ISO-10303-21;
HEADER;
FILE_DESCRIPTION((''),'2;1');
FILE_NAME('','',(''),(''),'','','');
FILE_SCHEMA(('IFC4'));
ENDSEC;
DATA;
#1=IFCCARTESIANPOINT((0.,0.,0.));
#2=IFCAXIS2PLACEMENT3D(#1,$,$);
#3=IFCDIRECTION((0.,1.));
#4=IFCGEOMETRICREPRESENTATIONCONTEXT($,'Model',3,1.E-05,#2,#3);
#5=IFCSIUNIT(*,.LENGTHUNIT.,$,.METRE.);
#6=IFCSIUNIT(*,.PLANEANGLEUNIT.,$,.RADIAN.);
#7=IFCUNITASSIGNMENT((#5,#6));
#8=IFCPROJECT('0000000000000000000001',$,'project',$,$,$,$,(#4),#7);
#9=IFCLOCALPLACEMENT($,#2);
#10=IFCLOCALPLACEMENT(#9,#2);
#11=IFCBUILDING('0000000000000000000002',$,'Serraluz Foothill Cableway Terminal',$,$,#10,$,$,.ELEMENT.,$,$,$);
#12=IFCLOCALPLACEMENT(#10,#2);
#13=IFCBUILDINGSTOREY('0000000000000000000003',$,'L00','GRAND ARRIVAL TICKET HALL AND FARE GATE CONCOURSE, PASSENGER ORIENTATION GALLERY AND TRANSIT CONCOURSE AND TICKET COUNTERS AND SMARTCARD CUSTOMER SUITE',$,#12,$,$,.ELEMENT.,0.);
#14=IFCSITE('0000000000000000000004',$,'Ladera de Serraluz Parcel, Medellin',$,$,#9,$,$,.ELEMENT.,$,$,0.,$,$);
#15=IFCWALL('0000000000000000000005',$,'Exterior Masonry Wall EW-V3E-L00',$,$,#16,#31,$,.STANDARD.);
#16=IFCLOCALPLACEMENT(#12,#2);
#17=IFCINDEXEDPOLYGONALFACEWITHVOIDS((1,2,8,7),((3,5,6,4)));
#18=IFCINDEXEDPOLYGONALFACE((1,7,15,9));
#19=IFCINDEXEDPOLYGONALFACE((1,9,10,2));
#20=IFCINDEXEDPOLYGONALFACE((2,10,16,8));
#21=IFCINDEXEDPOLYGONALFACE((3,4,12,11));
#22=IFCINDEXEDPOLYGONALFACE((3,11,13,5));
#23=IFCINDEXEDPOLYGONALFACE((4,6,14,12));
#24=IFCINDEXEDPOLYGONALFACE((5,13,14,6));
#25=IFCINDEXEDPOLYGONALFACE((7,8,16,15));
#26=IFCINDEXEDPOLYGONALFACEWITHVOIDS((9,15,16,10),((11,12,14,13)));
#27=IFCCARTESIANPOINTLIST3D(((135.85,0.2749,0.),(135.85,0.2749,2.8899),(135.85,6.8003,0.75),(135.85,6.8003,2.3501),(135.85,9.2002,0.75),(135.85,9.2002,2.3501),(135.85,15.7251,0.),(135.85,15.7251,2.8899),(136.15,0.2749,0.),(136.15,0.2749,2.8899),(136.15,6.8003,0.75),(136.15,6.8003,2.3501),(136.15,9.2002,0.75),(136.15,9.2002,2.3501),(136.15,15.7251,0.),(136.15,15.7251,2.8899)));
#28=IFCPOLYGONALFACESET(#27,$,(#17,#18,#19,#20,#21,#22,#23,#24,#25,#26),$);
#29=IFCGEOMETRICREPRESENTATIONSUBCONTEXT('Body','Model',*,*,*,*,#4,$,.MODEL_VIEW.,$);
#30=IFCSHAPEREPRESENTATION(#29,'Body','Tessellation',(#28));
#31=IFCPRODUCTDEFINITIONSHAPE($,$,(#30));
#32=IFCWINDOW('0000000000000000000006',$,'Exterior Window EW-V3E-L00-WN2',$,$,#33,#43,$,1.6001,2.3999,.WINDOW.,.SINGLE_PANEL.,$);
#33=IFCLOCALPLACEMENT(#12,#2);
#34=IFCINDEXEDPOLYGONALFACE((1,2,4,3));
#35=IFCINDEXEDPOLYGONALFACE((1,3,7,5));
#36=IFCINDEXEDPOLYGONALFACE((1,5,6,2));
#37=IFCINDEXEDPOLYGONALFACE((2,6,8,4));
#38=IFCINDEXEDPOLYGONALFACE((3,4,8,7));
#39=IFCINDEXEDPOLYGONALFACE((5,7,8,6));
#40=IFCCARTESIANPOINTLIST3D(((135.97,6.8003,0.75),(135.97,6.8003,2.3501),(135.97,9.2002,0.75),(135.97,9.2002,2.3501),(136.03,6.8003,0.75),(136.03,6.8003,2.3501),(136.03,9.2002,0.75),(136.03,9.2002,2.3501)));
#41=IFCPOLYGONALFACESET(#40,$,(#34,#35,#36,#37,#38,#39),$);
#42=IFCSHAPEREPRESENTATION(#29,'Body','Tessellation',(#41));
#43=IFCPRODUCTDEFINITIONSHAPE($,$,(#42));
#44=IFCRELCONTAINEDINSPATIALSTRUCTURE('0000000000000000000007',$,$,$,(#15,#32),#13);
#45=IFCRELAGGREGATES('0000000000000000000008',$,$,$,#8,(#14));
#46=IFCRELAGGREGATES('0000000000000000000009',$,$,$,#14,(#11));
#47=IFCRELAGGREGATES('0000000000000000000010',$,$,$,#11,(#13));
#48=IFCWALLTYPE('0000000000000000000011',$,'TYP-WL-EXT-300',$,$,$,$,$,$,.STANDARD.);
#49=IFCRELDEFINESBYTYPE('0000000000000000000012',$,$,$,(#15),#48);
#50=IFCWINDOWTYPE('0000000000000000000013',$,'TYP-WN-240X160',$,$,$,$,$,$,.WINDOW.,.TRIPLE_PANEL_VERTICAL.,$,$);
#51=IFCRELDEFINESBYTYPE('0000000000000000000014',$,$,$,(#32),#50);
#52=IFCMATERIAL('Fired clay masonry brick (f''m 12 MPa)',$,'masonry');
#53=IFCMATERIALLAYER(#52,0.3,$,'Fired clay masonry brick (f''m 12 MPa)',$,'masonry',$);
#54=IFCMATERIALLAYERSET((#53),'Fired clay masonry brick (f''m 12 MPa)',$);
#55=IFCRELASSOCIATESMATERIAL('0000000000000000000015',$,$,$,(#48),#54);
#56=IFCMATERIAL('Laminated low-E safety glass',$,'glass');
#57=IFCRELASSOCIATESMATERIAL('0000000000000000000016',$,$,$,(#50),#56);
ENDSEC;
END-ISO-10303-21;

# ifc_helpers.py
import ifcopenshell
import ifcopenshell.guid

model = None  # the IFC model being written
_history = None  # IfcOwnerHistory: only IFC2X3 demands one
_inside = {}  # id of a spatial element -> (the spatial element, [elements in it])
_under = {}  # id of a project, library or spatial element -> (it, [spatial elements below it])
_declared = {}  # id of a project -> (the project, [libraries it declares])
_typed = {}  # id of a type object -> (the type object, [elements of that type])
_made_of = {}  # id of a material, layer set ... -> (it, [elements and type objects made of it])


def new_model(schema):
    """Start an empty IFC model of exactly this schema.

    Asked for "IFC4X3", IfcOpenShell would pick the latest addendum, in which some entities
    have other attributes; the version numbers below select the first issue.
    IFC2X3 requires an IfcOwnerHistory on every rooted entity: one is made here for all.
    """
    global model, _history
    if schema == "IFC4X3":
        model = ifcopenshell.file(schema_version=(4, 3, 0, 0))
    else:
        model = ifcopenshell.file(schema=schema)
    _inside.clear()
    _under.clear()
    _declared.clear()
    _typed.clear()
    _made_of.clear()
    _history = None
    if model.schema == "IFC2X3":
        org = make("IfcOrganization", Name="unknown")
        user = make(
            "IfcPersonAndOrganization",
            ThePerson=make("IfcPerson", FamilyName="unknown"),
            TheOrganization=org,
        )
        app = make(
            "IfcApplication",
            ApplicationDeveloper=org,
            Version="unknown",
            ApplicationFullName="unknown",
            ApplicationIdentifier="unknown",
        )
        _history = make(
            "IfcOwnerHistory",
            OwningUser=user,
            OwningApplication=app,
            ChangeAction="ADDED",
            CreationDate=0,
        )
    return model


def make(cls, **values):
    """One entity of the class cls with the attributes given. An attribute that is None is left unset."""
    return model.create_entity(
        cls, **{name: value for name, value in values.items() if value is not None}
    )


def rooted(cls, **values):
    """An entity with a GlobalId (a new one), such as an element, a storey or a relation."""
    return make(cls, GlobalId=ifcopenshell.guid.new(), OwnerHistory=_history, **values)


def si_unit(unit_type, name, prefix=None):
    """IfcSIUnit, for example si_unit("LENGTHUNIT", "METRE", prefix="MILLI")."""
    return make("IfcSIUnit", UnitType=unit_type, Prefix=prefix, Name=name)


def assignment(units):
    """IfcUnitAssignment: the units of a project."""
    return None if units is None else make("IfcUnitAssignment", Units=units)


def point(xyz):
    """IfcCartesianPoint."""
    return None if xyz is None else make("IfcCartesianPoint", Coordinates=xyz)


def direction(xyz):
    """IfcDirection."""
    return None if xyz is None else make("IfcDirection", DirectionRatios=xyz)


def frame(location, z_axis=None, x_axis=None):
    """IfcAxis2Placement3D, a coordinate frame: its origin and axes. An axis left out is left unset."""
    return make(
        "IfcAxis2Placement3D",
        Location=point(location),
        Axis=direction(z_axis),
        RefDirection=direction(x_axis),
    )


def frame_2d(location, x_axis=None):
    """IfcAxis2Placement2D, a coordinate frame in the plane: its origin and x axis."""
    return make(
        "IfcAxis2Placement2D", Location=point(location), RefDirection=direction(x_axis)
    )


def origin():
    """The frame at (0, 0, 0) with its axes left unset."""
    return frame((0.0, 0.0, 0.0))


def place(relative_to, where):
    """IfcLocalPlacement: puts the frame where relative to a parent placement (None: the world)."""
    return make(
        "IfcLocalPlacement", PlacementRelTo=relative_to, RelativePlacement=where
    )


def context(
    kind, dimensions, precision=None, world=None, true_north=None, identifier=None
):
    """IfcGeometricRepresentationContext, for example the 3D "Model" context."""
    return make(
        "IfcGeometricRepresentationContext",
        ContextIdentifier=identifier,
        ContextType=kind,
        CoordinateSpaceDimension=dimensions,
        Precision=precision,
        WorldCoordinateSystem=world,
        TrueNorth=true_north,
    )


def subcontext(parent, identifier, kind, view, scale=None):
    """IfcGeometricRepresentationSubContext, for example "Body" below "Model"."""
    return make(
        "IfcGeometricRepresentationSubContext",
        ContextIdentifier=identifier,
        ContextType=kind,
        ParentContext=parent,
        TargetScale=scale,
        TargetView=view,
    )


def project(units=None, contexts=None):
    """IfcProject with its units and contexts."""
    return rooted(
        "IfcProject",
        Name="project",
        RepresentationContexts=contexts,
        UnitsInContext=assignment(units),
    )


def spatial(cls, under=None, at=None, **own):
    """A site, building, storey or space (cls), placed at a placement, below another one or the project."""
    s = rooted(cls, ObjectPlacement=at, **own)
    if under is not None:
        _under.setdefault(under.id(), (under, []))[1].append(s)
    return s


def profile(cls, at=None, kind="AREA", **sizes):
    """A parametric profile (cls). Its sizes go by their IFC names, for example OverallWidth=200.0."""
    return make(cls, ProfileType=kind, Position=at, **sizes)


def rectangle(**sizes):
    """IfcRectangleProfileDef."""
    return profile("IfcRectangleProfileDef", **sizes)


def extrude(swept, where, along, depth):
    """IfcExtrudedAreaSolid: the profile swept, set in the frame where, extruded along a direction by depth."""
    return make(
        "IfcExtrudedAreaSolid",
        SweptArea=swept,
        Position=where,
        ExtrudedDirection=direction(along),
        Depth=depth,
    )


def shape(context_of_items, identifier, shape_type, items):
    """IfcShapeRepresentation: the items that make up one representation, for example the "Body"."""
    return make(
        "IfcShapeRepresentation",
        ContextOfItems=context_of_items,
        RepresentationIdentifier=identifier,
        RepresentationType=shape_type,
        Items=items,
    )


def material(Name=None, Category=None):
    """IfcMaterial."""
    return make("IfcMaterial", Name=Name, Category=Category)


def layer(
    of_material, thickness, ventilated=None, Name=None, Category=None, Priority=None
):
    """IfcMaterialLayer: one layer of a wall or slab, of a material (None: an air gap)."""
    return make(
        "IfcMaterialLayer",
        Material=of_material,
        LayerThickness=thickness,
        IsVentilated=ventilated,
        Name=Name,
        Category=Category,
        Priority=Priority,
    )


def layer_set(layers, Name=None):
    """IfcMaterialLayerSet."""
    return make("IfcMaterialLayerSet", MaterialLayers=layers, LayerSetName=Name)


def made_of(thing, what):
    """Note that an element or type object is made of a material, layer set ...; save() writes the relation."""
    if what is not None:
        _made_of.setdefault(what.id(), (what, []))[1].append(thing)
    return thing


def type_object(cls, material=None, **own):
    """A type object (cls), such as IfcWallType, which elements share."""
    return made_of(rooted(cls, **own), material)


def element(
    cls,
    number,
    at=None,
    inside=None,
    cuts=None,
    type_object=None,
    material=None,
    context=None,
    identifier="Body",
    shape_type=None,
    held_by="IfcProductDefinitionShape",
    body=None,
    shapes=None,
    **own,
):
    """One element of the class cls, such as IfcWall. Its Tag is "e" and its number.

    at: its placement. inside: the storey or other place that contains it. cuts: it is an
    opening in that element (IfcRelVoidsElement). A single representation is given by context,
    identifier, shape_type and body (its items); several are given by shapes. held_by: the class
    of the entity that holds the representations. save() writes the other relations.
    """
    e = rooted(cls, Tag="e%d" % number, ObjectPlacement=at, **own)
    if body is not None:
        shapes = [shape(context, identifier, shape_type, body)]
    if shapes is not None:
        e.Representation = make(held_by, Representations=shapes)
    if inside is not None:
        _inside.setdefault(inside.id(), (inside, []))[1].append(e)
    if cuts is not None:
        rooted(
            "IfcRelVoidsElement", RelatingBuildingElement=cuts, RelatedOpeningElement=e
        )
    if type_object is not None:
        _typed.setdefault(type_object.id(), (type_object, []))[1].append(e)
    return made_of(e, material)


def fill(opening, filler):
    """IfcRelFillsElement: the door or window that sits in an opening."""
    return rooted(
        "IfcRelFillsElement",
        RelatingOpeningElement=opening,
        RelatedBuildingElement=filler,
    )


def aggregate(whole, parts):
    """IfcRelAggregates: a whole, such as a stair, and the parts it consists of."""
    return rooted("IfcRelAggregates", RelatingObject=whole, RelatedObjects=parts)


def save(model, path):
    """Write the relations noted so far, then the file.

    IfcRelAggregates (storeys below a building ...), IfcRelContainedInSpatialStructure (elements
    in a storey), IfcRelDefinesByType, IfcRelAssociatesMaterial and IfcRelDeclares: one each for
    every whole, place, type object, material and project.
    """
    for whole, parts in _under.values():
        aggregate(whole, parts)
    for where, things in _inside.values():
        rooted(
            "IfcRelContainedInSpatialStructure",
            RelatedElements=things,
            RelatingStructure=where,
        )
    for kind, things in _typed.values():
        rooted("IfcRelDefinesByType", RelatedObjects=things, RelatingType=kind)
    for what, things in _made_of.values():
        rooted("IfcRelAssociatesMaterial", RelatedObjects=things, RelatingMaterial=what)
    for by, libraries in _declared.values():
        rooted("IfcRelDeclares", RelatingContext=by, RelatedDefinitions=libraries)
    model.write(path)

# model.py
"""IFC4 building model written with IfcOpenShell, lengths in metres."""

from ifc_helpers import new_model, si_unit, direction, frame, frame_2d, origin, place, context, subcontext, project, spatial, rectangle, extrude, material, layer, layer_set, type_object, element, fill, save


model = new_model("IFC4")

# Units and contexts
model_context = context("Model", 3, precision=1e-05, world=origin(), true_north=direction((0.0, 1.0)))
body_context = subcontext(model_context, "Body", "Model", "MODEL_VIEW")
ifc_project = project(units=[si_unit("LENGTHUNIT", "METRE"), si_unit("PLANEANGLEUNIT", "RADIAN")], contexts=[model_context])

# Site, building, storey
site_placement = place(None, origin())
site = spatial("IfcSite", under=ifc_project, at=site_placement, Name="Ladera de Serraluz Parcel, Medellin", CompositionType="ELEMENT", RefElevation=0.0)
building_placement = place(site_placement, origin())
building = spatial("IfcBuilding", under=site, at=building_placement, Name="Serraluz Foothill Cableway Terminal", CompositionType="ELEMENT")
storey_placement = place(building_placement, origin())
storey = spatial("IfcBuildingStorey", under=building, at=storey_placement, Name="L00", Description="GRAND ARRIVAL TICKET HALL AND FARE GATE CONCOURSE, PASSENGER ORIENTATION GALLERY AND TRANSIT CONCOURSE AND TICKET COUNTERS AND SMARTCARD CUSTOMER SUITE", CompositionType="ELEMENT", Elevation=0.0)

# Shared definitions
ifc_material_1 = material(Name="Fired clay masonry brick (f'm 12 MPa)", Category="masonry")

# Wall, opening, window
ifc_layer = layer(ifc_material_1, 0.3, Name="Fired clay masonry brick (f'm 12 MPa)", Category="masonry")
ifc_layer_set = layer_set([ifc_layer], Name="Fired clay masonry brick (f'm 12 MPa)")
wall_type = type_object("IfcWallType", Name="TYP-WL-EXT-300", PredefinedType="STANDARD", material=ifc_layer_set)
wall_placement = place(storey_placement, frame((136.0, 15.7251, 0.0), z_axis=(0.0, 0.0, 1.0), x_axis=(0.0, -1.0, 0.0)))
wall = element("IfcWall", 1, at=wall_placement, inside=storey, type_object=wall_type, Name="Exterior Masonry Wall EW-V3E-L00", PredefinedType="STANDARD", context=body_context, shape_type="SweptSolid", body=[
    extrude(rectangle(XDim=15.4502, YDim=0.3, at=frame_2d((7.7251, 0.0))), origin(), (0.0, 0.0, 1.0), 2.8899),
])
opening_placement = place(wall_placement, frame((6.5249, 0.0, 0.75)))
opening = element("IfcOpeningElement", 2, at=opening_placement, cuts=wall, PredefinedType="OPENING", context=body_context, shape_type="SweptSolid", body=[
    extrude(rectangle(XDim=2.3999, YDim=1.6001, at=frame_2d((1.2, 0.8))), frame((0.0, 0.1602, 0.0), z_axis=(0.0, -1.0, 0.0), x_axis=(1.0, 0.0, 0.0)), (0.0, 0.0, 1.0), 0.3201),
])
ifc_material_2 = material(Name="Laminated low-E safety glass", Category="glass")
window_type = type_object("IfcWindowType", Name="TYP-WN-240X160", PartitioningType="TRIPLE_PANEL_VERTICAL", PredefinedType="WINDOW", material=ifc_material_2)
window_placement = place(opening_placement, origin())
window = element("IfcWindow", 3, at=window_placement, inside=storey, type_object=window_type, Name="Exterior Window EW-V3E-L00-WN2", OverallHeight=1.6001, OverallWidth=2.3999, PartitioningType="SINGLE_PANEL", PredefinedType="WINDOW", context=body_context, shape_type="SweptSolid", body=[
    extrude(rectangle(XDim=2.3999, YDim=1.6001, at=frame_2d((1.2, 0.8))), frame((0.0, 0.03, 0.0), z_axis=(0.0, -1.0, 0.0), x_axis=(1.0, 0.0, 0.0)), (0.0, 0.0, 1.0), 0.0601),
])
fill(opening, window)

save(model, "model.ifc")
